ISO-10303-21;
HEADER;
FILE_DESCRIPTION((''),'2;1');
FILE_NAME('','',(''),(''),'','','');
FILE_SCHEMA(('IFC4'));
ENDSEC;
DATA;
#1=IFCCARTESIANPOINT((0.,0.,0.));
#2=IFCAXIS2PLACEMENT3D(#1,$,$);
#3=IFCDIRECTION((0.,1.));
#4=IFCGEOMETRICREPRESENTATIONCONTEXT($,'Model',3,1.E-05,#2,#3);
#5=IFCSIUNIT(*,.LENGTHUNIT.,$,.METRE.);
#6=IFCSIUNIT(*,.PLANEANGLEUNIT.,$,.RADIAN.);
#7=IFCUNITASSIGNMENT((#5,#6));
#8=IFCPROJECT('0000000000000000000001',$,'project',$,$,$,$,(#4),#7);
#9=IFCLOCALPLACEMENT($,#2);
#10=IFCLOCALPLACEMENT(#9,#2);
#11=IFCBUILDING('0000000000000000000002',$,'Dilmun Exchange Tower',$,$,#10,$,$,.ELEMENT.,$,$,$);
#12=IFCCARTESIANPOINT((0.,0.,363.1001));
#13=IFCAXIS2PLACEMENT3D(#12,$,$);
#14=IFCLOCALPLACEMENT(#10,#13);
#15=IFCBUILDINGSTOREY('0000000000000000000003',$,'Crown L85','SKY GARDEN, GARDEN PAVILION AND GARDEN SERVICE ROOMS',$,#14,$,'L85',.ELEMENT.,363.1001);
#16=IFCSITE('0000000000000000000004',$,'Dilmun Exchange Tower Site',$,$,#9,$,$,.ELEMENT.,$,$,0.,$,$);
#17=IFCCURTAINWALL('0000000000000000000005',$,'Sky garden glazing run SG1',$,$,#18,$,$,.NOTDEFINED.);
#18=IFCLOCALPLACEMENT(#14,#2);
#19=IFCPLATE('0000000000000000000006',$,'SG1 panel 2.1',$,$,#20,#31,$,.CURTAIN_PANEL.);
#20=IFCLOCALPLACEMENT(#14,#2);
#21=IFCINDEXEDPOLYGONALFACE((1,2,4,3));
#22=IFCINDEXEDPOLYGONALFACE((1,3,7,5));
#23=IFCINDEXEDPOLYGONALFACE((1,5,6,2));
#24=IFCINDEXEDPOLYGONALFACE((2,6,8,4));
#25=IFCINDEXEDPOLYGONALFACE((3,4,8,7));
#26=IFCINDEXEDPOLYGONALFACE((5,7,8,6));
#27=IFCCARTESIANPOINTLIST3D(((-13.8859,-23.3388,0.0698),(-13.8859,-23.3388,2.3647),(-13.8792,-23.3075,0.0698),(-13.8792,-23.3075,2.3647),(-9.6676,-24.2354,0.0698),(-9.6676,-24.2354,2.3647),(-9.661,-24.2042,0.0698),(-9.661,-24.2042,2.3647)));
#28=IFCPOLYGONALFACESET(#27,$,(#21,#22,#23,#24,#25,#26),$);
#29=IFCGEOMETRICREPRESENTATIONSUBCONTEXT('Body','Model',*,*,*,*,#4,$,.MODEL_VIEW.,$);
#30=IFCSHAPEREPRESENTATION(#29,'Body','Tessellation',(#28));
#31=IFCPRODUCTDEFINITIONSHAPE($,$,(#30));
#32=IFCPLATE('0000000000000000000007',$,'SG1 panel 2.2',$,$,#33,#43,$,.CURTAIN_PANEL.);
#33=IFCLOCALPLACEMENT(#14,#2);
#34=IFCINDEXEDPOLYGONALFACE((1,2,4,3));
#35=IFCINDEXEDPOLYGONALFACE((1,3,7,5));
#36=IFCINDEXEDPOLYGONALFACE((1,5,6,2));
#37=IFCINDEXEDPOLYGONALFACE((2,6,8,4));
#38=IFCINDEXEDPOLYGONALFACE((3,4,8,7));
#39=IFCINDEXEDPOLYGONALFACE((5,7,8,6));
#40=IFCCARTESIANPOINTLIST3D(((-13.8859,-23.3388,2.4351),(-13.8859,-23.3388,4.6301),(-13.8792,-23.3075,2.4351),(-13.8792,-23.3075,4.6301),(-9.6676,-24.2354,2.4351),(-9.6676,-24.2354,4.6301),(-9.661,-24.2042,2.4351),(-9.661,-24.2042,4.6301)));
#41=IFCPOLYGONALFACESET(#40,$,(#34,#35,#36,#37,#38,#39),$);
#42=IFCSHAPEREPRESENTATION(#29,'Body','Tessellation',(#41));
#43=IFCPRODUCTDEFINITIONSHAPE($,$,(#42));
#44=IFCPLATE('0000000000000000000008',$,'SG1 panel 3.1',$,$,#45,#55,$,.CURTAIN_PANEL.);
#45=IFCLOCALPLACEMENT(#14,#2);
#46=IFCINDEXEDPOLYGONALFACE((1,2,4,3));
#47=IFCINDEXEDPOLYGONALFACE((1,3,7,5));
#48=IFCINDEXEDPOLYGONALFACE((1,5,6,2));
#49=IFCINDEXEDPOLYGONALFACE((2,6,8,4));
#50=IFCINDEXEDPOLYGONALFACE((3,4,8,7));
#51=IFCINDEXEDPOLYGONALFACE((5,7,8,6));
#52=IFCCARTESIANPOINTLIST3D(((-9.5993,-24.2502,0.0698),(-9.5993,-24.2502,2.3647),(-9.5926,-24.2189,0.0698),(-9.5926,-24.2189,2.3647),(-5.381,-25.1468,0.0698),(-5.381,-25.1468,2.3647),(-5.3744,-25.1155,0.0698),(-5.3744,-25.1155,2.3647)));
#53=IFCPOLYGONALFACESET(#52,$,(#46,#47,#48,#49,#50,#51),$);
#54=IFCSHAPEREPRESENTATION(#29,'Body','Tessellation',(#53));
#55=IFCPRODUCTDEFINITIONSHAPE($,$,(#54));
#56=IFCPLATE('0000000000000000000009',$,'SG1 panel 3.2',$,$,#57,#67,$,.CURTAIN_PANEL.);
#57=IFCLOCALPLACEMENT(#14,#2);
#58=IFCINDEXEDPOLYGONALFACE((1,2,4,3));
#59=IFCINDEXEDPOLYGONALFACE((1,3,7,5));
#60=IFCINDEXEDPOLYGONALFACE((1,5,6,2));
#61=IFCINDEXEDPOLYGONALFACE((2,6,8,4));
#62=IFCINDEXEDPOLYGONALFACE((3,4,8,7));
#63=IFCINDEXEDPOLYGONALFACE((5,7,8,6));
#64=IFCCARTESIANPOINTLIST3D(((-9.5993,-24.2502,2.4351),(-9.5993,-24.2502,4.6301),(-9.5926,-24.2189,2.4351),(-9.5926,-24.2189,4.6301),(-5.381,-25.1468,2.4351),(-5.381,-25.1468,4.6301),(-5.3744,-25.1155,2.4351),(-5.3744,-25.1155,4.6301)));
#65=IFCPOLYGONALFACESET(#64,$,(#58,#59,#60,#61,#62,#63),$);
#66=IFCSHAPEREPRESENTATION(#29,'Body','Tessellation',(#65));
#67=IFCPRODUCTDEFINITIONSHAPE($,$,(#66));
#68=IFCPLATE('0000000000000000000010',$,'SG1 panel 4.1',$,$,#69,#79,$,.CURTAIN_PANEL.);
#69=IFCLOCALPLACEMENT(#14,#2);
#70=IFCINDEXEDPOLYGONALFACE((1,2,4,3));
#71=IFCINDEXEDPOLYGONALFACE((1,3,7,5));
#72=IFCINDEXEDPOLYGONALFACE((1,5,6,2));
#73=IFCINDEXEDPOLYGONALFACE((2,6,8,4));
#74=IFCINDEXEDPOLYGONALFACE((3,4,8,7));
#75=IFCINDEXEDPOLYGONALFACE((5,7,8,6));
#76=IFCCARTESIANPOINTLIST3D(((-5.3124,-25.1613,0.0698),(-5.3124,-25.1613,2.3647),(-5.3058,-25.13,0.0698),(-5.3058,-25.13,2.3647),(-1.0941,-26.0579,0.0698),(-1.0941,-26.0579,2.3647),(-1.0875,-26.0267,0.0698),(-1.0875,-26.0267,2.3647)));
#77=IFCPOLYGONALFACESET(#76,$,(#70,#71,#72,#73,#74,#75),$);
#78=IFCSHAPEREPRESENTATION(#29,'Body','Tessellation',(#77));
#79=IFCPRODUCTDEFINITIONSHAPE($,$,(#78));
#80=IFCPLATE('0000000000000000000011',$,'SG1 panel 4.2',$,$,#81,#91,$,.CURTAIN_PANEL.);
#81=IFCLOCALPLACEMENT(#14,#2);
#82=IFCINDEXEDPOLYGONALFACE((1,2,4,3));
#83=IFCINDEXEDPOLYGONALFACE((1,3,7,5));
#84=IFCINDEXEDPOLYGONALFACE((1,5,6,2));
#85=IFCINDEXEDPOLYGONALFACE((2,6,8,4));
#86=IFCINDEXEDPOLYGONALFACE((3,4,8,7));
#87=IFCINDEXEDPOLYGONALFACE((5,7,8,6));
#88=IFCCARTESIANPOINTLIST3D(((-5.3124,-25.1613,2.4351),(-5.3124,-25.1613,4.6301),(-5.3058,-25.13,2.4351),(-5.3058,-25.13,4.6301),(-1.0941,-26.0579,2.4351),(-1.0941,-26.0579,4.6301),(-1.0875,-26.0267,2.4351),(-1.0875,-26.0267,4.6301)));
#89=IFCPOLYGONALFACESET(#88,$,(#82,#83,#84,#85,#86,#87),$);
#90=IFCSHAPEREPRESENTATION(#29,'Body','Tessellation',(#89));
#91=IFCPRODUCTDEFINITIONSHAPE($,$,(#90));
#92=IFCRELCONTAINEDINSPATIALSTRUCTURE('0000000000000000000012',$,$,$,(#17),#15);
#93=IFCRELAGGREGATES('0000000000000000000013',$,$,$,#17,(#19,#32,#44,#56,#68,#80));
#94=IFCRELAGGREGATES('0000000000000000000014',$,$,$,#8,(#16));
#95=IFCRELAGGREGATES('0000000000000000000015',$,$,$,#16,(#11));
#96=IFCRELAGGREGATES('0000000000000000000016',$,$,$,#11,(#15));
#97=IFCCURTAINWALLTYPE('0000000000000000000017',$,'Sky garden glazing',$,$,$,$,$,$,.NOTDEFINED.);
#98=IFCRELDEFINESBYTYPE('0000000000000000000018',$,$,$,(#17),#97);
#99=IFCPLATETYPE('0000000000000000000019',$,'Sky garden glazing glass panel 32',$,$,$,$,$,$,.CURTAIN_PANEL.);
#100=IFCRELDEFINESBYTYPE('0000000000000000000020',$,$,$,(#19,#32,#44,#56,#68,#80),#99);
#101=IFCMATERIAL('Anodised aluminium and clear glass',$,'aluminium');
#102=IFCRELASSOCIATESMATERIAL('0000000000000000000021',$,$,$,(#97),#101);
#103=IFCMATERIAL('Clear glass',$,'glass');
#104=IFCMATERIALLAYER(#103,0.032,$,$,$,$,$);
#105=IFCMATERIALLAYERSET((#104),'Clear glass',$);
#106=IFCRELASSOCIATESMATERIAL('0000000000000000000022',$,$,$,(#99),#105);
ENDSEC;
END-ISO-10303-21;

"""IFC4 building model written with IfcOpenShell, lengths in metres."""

from ifc_helpers import new_model, si_unit, direction, frame, origin, origin_2d, place, context, subcontext, project, spatial, rectangle, extrude, material, layer, layer_set, type_object, element, aggregate, save


model = new_model("IFC4")

# Units and contexts
model_context = context("Model", 3, precision=1e-05, world=origin(), true_north=direction((0.0, 1.0)))
body_context = subcontext(model_context, "Body", "Model", "MODEL_VIEW")
ifc_project = project(units=[si_unit("LENGTHUNIT", "METRE"), si_unit("PLANEANGLEUNIT", "RADIAN")], contexts=[model_context])

# Site, building, storey
site_placement = place(None, origin())
site = spatial("IfcSite", under=ifc_project, at=site_placement, Name="Dilmun Exchange Tower Site", CompositionType="ELEMENT", RefElevation=0.0)
building_placement = place(site_placement, origin())
building = spatial("IfcBuilding", under=site, at=building_placement, Name="Dilmun Exchange Tower", CompositionType="ELEMENT")
storey_placement = place(building_placement, frame((0.0, 0.0, 363.1001)))
storey = spatial("IfcBuildingStorey", under=building, at=storey_placement, Name="Crown L85", Description="SKY GARDEN, GARDEN PAVILION AND GARDEN SERVICE ROOMS", LongName="L85", CompositionType="ELEMENT", Elevation=363.1001)

# Curtain wall
ifc_material_1 = material(Name="Anodised aluminium and clear glass", Category="aluminium")
curtain_wall_type = type_object("IfcCurtainWallType", Name="Sky garden glazing", PredefinedType="NOTDEFINED", material=ifc_material_1)
curtain_wall_placement = place(storey_placement, origin())
curtain_wall = element("IfcCurtainWall", 1, at=curtain_wall_placement, inside=storey, type_object=curtain_wall_type, Name="Sky garden glazing run SG1", PredefinedType="NOTDEFINED")

# Plates
ifc_material_2 = material(Name="Clear glass", Category="glass")
ifc_layer = layer(ifc_material_2, 0.032)
ifc_layer_set = layer_set([ifc_layer], Name="Clear glass")
plate_type = type_object("IfcPlateType", Name="Sky garden glazing glass panel 32", PredefinedType="CURTAIN_PANEL", material=ifc_layer_set)
plate_1_placement = place(storey_placement, frame((-11.7734, -23.7715, 0.0698), z_axis=(0.0, 0.0, 1.0), x_axis=(0.978147, -0.207913, 0.0)))
plate_1 = element("IfcPlate", 2, at=plate_1_placement, type_object=plate_type, Name="SG1 panel 2.1", PredefinedType="CURTAIN_PANEL", context=body_context, shape_type="SweptSolid", body=[
    extrude(rectangle(XDim=4.3125, YDim=0.032, at=origin_2d()), origin(), (0.0, 0.0, 1.0), 2.2949),
])
plate_2_placement = place(storey_placement, frame((-11.7734, -23.7715, 2.4351), z_axis=(0.0, 0.0, 1.0), x_axis=(0.978147, -0.207913, 0.0)))
plate_2 = element("IfcPlate", 3, at=plate_2_placement, type_object=plate_type, Name="SG1 panel 2.2", PredefinedType="CURTAIN_PANEL", context=body_context, shape_type="SweptSolid", body=[
    extrude(rectangle(XDim=4.3125, YDim=0.032, at=origin_2d()), origin(), (0.0, 0.0, 1.0), 2.1951),
])
plate_3_placement = place(storey_placement, frame((-7.4868, -24.6829, 0.0698), z_axis=(0.0, 0.0, 1.0), x_axis=(0.978147, -0.207913, 0.0)))
plate_3 = element("IfcPlate", 4, at=plate_3_placement, type_object=plate_type, Name="SG1 panel 3.1", PredefinedType="CURTAIN_PANEL", context=body_context, shape_type="SweptSolid", body=[
    extrude(rectangle(XDim=4.3125, YDim=0.032, at=origin_2d()), origin(), (0.0, 0.0, 1.0), 2.2949),
])
plate_4_placement = place(storey_placement, frame((-7.4868, -24.6829, 2.4351), z_axis=(0.0, 0.0, 1.0), x_axis=(0.978147, -0.207913, 0.0)))
plate_4 = element("IfcPlate", 5, at=plate_4_placement, type_object=plate_type, Name="SG1 panel 3.2", PredefinedType="CURTAIN_PANEL", context=body_context, shape_type="SweptSolid", body=[
    extrude(rectangle(XDim=4.3125, YDim=0.032, at=origin_2d()), origin(), (0.0, 0.0, 1.0), 2.1951),
])
plate_5_placement = place(storey_placement, frame((-3.2, -25.594, 0.0698), z_axis=(0.0, 0.0, 1.0), x_axis=(0.978147, -0.207913, 0.0)))
plate_5 = element("IfcPlate", 6, at=plate_5_placement, type_object=plate_type, Name="SG1 panel 4.1", PredefinedType="CURTAIN_PANEL", context=body_context, shape_type="SweptSolid", body=[
    extrude(rectangle(XDim=4.3125, YDim=0.032, at=origin_2d()), origin(), (0.0, 0.0, 1.0), 2.2949),
])
plate_6_placement = place(storey_placement, frame((-3.2, -25.594, 2.4351), z_axis=(0.0, 0.0, 1.0), x_axis=(0.978147, -0.207913, 0.0)))
plate_6 = element("IfcPlate", 7, at=plate_6_placement, type_object=plate_type, Name="SG1 panel 4.2", PredefinedType="CURTAIN_PANEL", context=body_context, shape_type="SweptSolid", body=[
    extrude(rectangle(XDim=4.3125, YDim=0.032, at=origin_2d()), origin(), (0.0, 0.0, 1.0), 2.1951),
])
aggregate(curtain_wall, [plate_1, plate_2, plate_3, plate_4, plate_5, plate_6])

save(model, "model.ifc")
